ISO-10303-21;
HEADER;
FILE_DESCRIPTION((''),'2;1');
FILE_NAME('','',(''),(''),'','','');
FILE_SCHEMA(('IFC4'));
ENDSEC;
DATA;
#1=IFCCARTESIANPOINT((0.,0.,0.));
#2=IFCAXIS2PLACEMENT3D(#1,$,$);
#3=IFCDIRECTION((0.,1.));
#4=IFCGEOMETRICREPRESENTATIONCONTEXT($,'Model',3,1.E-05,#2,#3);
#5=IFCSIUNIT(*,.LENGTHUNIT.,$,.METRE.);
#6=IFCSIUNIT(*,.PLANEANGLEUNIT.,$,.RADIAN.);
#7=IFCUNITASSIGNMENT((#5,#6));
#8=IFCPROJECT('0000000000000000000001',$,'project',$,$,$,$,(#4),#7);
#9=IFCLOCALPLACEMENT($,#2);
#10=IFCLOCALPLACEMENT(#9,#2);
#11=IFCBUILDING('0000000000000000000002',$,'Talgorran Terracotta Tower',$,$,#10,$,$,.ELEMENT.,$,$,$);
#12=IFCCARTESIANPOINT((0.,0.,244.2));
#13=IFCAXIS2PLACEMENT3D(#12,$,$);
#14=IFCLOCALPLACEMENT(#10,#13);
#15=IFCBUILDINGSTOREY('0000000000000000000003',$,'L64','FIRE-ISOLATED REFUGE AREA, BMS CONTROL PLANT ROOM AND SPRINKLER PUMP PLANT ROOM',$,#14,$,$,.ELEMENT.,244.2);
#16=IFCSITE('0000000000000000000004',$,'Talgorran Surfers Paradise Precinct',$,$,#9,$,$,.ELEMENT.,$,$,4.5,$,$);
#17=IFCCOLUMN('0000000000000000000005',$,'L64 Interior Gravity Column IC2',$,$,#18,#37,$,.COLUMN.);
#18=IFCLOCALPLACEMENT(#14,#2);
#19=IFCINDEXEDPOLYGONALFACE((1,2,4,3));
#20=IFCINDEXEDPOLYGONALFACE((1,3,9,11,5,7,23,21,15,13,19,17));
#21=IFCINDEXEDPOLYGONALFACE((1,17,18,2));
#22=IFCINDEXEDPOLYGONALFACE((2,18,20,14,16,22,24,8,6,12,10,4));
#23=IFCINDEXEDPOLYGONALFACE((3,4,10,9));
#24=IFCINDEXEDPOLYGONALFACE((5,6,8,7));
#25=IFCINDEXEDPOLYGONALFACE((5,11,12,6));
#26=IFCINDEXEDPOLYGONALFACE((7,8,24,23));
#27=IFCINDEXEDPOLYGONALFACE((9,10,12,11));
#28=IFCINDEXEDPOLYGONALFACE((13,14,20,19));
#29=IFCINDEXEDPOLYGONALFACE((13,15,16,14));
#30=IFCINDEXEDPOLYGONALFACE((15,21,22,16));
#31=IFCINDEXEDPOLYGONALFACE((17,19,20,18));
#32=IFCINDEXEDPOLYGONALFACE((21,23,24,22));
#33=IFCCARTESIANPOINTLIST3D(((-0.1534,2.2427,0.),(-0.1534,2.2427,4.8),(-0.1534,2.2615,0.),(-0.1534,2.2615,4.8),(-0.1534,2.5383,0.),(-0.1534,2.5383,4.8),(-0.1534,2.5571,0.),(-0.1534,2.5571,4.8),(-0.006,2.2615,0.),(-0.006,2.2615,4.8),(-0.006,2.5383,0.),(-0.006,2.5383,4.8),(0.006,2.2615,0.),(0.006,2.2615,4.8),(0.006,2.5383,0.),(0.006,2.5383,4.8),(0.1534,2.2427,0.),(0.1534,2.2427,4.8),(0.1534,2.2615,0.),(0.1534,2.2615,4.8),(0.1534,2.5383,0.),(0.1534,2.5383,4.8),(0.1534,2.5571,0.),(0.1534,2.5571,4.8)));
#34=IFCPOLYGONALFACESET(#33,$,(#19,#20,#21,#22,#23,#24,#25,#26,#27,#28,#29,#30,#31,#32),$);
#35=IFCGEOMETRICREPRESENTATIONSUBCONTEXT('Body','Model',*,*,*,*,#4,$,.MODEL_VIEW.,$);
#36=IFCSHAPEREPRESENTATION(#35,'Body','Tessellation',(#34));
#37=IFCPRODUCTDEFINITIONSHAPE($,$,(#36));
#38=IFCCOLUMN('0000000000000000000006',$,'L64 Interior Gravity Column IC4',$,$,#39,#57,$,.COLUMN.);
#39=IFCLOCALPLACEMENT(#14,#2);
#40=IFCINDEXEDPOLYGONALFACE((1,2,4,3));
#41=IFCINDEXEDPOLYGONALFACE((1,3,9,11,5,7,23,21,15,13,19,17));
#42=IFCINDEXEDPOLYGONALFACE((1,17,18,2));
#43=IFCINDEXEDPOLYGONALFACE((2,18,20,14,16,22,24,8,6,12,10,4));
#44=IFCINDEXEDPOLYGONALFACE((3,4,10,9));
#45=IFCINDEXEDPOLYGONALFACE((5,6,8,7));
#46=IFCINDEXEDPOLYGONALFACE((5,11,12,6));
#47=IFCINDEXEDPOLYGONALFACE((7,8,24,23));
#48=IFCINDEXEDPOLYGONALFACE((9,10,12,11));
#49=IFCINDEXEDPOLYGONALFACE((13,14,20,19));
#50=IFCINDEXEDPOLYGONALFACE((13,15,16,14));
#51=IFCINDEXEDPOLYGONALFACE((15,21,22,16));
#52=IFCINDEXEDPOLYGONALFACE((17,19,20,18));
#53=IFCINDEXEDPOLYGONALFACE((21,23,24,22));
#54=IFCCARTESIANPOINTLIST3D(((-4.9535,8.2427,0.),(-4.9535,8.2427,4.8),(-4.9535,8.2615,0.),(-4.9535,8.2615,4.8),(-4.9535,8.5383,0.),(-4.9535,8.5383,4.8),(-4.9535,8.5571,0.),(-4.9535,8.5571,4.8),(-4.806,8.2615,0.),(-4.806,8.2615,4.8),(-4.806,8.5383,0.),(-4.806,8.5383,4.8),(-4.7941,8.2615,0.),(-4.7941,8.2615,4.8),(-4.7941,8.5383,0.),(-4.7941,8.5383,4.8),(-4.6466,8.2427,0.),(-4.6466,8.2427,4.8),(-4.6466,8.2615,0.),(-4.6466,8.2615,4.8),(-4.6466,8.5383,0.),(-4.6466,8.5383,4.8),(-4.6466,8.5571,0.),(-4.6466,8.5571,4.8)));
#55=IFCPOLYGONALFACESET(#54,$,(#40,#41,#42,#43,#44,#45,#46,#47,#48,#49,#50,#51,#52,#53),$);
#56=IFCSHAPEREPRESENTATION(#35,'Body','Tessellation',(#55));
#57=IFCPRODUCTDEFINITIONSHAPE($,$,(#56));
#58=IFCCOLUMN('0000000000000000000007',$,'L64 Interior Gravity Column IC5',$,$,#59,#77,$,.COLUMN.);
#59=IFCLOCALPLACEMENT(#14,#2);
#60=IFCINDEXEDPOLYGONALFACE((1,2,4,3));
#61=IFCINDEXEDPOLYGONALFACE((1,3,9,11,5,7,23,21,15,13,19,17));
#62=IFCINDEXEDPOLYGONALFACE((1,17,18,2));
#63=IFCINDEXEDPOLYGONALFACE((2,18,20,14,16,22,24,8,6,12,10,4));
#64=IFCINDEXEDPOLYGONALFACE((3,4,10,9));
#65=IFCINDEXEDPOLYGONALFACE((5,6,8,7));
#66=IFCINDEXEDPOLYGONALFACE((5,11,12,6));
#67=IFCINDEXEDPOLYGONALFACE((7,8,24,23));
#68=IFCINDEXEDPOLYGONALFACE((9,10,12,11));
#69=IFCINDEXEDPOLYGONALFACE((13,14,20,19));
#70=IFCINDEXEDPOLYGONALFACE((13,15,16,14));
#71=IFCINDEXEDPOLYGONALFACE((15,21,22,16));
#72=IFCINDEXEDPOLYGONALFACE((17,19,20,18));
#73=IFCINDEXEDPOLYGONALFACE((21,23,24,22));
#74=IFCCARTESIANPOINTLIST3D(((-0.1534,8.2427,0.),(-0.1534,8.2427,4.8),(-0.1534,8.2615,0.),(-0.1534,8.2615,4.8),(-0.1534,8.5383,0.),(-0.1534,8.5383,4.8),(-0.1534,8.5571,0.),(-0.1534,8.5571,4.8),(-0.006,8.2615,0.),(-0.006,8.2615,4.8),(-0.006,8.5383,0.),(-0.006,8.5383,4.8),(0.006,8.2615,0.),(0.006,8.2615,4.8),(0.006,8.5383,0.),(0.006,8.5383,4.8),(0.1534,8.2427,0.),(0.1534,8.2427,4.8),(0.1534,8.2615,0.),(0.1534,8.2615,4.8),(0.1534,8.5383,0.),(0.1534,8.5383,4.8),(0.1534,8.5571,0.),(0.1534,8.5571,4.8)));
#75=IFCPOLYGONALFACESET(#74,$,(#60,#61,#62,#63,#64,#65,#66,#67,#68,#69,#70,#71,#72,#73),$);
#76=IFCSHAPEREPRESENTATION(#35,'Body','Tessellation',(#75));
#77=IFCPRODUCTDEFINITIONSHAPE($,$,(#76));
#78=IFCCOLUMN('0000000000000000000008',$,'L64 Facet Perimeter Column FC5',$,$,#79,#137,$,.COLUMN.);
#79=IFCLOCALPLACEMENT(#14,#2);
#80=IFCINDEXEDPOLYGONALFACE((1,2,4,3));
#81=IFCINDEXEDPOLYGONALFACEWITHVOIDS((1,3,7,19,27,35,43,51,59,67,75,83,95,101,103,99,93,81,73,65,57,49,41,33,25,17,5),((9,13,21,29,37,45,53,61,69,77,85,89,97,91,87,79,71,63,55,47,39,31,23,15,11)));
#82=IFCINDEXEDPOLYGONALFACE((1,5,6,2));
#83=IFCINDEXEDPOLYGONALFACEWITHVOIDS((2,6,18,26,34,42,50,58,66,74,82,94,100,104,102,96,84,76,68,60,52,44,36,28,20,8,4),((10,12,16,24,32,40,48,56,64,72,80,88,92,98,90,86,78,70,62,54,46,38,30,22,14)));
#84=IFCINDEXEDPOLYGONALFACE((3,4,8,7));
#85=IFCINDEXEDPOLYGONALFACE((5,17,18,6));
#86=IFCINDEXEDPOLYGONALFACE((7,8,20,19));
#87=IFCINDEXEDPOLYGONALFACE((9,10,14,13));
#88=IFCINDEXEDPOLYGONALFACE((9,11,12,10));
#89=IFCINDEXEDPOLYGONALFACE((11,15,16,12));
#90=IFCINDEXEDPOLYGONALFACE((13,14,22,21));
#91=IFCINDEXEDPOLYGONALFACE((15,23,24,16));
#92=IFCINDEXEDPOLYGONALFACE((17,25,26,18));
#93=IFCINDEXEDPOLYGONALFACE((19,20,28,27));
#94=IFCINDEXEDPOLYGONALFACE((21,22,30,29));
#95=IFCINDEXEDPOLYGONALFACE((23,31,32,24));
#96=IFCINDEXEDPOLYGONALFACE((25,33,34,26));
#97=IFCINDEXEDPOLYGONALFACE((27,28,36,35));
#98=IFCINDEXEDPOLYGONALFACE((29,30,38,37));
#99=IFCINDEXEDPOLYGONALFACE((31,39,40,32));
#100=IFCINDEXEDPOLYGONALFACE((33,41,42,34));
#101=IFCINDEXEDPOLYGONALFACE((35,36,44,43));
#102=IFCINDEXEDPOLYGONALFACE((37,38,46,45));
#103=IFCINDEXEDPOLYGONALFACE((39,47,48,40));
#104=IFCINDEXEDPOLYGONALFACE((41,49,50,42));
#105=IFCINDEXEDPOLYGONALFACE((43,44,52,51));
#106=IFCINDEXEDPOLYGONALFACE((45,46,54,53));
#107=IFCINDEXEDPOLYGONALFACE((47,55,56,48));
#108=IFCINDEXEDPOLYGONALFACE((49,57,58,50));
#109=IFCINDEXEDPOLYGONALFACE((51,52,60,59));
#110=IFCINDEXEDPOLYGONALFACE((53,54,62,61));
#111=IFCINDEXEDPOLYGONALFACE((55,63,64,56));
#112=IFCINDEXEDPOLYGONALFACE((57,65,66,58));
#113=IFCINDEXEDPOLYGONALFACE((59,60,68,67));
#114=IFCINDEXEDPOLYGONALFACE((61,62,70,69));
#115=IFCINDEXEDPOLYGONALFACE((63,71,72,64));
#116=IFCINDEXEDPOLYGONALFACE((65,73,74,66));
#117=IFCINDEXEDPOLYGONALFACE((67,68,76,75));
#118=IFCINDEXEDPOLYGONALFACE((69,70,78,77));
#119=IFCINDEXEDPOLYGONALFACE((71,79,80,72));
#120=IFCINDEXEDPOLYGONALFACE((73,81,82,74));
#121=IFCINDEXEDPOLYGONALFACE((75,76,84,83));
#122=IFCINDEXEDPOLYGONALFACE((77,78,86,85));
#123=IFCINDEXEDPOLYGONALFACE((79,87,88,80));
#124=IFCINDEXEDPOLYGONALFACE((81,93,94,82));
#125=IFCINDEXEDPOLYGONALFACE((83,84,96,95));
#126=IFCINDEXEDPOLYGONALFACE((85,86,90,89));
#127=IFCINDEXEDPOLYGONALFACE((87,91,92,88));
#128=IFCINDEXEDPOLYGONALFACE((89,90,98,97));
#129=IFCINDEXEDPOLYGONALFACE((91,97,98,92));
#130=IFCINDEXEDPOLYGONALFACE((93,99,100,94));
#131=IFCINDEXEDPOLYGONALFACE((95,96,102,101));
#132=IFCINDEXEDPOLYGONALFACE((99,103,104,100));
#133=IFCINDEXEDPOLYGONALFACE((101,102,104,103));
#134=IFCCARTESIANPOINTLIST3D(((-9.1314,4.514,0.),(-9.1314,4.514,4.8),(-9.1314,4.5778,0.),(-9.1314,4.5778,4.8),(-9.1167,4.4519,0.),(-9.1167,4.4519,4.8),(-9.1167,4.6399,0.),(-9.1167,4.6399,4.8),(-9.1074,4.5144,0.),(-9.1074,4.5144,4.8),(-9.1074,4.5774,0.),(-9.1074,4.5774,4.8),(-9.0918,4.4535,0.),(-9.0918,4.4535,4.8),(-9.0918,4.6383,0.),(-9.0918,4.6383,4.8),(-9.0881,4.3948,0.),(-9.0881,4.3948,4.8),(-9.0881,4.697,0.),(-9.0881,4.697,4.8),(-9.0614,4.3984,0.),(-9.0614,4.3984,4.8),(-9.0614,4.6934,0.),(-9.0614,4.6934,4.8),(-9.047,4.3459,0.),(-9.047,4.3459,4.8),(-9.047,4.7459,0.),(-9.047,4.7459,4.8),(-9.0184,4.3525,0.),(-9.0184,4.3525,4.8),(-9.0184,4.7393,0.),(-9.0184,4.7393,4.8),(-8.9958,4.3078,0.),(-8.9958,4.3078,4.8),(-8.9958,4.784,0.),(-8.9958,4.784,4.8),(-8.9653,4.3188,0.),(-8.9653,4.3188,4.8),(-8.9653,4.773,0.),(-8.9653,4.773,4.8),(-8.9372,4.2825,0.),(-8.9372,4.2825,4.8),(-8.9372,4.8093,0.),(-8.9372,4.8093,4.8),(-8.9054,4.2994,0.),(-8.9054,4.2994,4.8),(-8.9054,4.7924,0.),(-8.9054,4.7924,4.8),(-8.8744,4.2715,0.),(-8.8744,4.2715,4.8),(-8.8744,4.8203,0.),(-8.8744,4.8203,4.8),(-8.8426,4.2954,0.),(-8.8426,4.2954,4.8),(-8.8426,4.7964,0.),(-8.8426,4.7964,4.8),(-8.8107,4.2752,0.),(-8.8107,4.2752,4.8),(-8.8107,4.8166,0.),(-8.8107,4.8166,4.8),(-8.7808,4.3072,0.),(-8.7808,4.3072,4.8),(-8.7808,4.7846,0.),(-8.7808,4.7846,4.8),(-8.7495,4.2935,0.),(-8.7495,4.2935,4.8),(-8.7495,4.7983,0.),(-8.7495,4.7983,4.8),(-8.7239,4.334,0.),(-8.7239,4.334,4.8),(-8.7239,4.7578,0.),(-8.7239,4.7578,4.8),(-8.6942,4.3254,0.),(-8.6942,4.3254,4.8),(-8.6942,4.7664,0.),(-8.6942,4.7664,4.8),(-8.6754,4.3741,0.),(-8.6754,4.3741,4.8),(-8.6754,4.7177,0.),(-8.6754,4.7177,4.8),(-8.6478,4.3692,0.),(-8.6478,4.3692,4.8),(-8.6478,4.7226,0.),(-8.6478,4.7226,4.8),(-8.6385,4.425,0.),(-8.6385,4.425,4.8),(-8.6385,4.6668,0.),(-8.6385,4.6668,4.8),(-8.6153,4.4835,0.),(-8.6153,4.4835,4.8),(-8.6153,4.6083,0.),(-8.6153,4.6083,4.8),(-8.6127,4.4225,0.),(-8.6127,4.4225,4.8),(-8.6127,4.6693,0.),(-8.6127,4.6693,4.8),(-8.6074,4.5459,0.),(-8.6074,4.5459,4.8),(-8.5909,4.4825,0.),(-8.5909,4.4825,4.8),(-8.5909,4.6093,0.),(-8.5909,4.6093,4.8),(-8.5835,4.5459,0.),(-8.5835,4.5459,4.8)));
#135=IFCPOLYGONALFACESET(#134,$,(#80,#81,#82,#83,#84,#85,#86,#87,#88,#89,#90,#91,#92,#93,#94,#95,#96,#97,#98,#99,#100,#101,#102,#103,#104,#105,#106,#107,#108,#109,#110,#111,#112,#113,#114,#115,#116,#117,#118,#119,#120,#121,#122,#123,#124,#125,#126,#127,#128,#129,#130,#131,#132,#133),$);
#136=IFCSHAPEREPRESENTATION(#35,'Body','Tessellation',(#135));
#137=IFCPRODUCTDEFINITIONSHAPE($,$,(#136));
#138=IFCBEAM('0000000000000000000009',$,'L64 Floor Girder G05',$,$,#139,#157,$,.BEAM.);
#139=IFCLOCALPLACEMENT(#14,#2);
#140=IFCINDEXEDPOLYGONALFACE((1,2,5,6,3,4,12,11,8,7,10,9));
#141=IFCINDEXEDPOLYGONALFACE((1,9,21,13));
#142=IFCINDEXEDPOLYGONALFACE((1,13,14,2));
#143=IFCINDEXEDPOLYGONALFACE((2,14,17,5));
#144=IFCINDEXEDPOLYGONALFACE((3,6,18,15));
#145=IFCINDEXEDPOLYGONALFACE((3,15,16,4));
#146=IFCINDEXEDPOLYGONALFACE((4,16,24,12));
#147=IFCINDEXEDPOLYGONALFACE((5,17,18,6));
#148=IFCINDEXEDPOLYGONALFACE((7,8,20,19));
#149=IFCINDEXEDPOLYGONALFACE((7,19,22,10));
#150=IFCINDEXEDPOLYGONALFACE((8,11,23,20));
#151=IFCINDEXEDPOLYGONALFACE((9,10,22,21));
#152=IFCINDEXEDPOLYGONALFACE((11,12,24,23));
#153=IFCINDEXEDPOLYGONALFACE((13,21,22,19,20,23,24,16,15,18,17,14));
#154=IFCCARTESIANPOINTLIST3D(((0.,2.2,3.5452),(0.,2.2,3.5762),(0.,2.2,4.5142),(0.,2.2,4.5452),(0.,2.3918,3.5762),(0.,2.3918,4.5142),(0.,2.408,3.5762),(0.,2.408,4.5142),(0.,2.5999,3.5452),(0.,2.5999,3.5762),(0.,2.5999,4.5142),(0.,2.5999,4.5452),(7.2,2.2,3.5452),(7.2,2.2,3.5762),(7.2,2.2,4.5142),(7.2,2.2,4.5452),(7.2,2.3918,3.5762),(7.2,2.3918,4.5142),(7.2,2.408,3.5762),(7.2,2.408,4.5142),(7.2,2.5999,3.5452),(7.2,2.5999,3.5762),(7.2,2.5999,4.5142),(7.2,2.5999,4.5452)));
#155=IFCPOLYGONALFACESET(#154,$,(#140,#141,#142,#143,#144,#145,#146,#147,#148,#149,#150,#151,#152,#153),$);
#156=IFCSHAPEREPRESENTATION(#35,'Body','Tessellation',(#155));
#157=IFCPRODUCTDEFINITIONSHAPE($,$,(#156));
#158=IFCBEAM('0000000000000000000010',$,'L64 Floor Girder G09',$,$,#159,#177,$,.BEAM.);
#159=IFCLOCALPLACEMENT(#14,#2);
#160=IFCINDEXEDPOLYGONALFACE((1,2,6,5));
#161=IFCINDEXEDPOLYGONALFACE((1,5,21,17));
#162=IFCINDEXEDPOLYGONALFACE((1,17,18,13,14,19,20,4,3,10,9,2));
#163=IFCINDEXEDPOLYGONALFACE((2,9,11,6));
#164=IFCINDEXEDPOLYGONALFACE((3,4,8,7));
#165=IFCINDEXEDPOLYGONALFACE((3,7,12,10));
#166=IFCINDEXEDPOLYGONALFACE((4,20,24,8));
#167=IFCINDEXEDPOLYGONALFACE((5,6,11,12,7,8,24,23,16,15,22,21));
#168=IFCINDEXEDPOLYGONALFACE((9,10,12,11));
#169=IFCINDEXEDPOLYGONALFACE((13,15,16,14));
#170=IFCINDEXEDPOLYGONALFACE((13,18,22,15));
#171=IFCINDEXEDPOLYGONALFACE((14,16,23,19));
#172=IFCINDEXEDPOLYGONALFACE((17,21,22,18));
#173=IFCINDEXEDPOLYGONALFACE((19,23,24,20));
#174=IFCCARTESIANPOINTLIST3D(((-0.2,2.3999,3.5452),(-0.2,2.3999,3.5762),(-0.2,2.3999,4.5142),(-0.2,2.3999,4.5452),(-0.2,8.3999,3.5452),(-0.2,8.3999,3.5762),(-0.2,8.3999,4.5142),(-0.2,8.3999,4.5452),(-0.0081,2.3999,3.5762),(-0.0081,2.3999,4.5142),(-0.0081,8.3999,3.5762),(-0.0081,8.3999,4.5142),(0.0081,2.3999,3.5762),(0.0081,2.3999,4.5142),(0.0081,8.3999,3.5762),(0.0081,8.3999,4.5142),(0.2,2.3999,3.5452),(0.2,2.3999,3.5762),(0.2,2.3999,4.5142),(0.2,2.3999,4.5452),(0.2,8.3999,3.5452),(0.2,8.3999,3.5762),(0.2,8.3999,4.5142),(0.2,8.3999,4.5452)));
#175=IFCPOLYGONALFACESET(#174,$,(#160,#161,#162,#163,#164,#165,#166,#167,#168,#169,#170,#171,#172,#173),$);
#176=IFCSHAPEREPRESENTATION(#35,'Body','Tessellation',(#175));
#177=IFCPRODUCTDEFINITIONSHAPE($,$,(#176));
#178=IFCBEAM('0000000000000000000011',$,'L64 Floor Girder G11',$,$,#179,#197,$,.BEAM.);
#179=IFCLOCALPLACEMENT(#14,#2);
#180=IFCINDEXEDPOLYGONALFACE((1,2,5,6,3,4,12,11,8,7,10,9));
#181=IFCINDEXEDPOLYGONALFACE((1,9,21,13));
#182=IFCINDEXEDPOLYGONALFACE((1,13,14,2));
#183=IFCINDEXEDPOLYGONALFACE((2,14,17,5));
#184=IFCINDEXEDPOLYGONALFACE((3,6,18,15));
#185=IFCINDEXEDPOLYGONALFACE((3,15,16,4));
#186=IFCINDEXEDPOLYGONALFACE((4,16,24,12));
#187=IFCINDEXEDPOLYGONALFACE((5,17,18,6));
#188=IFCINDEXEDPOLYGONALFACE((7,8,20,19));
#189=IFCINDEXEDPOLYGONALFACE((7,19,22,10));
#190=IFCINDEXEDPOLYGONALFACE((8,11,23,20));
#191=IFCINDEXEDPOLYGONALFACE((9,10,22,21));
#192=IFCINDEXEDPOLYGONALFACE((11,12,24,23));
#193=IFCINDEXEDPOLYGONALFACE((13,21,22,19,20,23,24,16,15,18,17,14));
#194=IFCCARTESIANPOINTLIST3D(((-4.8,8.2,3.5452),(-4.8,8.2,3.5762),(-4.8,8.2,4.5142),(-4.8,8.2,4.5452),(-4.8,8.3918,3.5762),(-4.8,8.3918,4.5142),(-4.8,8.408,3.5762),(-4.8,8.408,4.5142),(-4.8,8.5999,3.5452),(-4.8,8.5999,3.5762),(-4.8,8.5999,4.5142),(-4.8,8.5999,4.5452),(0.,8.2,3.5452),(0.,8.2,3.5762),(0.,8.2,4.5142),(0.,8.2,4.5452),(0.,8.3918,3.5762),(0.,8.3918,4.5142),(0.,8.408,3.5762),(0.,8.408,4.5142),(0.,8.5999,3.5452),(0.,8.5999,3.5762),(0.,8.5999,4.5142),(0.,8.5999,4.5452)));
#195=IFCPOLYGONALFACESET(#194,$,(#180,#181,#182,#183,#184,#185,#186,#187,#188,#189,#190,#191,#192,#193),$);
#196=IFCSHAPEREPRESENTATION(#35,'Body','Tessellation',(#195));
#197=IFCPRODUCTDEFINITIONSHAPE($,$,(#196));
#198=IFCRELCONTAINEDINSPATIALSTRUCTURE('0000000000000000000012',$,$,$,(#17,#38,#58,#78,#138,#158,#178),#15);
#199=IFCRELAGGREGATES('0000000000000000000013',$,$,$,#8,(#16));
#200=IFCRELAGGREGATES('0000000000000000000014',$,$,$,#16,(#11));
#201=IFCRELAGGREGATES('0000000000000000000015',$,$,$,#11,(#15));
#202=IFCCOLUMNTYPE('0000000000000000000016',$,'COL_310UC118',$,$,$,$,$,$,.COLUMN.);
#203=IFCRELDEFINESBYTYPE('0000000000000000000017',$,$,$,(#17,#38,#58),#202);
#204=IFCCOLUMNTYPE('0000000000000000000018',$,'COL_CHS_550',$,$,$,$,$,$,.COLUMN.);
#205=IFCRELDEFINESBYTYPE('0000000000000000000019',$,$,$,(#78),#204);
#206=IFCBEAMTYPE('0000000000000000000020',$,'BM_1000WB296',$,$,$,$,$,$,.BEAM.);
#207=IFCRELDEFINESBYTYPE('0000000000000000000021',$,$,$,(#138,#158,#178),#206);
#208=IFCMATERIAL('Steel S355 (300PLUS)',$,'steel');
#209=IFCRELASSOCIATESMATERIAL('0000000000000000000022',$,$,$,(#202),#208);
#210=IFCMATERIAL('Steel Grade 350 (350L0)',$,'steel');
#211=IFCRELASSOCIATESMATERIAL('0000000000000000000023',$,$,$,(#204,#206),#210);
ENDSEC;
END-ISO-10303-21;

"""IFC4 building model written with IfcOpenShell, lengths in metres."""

from ifc_helpers import new_model, si_unit, direction, frame, origin, origin_2d, place, context, subcontext, project, spatial, hollow_circle, i_section, extrude, material, material_profile, profile_set, type_object, element, save


model = new_model("IFC4")

# Units and contexts
model_context = context("Model", 3, precision=1e-05, world=origin(), true_north=direction((0.0, 1.0)))
body_context = subcontext(model_context, "Body", "Model", "MODEL_VIEW")
ifc_project = project(units=[si_unit("LENGTHUNIT", "METRE"), si_unit("PLANEANGLEUNIT", "RADIAN")], contexts=[model_context])

# Site, building, storey
site_placement = place(None, origin())
site = spatial("IfcSite", under=ifc_project, at=site_placement, Name="Talgorran Surfers Paradise Precinct", CompositionType="ELEMENT", RefElevation=4.5)
building_placement = place(site_placement, origin())
building = spatial("IfcBuilding", under=site, at=building_placement, Name="Talgorran Terracotta Tower", CompositionType="ELEMENT")
storey_placement = place(building_placement, frame((0.0, 0.0, 244.2)))
storey = spatial("IfcBuildingStorey", under=building, at=storey_placement, Name="L64", Description="FIRE-ISOLATED REFUGE AREA, BMS CONTROL PLANT ROOM AND SPRINKLER PUMP PLANT ROOM", CompositionType="ELEMENT", Elevation=244.2)

# Columns
ifc_material_1 = material(Name="Steel S355 (300PLUS)", Category="steel")
ifc_material_profile_1 = material_profile(ifc_material_1, i_section(OverallWidth=0.3069, OverallDepth=0.3145, WebThickness=0.012, FlangeThickness=0.0188, at=origin_2d()), Name="310UC118")
ifc_profile_set_1 = profile_set([ifc_material_profile_1], Name="Steel S355 (300PLUS)")
column_type_1 = type_object("IfcColumnType", Name="COL_310UC118", PredefinedType="COLUMN", material=ifc_profile_set_1)
for number, where, z_axis, x_axis, name in (
    (1, (0.0, 2.3999, 0.0), (0.0, 0.0, 1.0), (1.0, 0.0, 0.0), "L64 Interior Gravity Column IC2"),
    (2, (-4.8, 8.3999, 0.0), (0.0, 0.0, 1.0), (1.0, 0.0, 0.0), "L64 Interior Gravity Column IC4"),
    (3, (0.0, 8.3999, 0.0), (0.0, 0.0, 1.0), (1.0, 0.0, 0.0), "L64 Interior Gravity Column IC5"),
):
    element("IfcColumn", number, at=place(storey_placement, frame(where, z_axis=z_axis, x_axis=x_axis)), inside=storey, type_object=column_type_1, Name=name, PredefinedType="COLUMN", context=body_context, shape_type="SweptSolid", body=[
        extrude(i_section(OverallWidth=0.3069, OverallDepth=0.3145, WebThickness=0.012, FlangeThickness=0.0188, at=origin_2d()), origin(), (0.0, 0.0, 1.0), 4.8),
    ])
ifc_material_2 = material(Name="Steel Grade 350 (350L0)", Category="steel")
ifc_material_profile_2 = material_profile(ifc_material_2, hollow_circle(Radius=0.2749, WallThickness=0.0239, at=origin_2d()), Name="CHS550X24")
ifc_profile_set_2 = profile_set([ifc_material_profile_2], Name="Steel Grade 350 (350L0)")
column_type_2 = type_object("IfcColumnType", Name="COL_CHS_550", PredefinedType="COLUMN", material=ifc_profile_set_2)
column_placement = place(storey_placement, frame((-8.8584, 4.5459, 0.0), z_axis=(0.0, 0.0, 1.0), x_axis=(1.0, 0.0, 0.0)))
element("IfcColumn", 4, at=column_placement, inside=storey, type_object=column_type_2, Name="L64 Facet Perimeter Column FC5", PredefinedType="COLUMN", context=body_context, shape_type="SweptSolid", body=[
    extrude(hollow_circle(Radius=0.2749, WallThickness=0.0239, at=origin_2d()), origin(), (0.0, 0.0, 1.0), 4.8),
])

# Beams
ifc_material_profile_3 = material_profile(ifc_material_2, i_section(OverallWidth=0.3999, OverallDepth=1.0, WebThickness=0.0161, FlangeThickness=0.031, at=origin_2d()), Name="1000WB296")
ifc_profile_set_3 = profile_set([ifc_material_profile_3], Name="Steel Grade 350 (350L0)")
beam_type_1 = type_object("IfcBeamType", Name="BM_1000WB296", PredefinedType="BEAM", material=ifc_profile_set_3)
beam_1_placement = place(storey_placement, frame((0.0, 2.3999, 4.0452), z_axis=(1.0, 0.0, 0.0), x_axis=(0.0, 1.0, 0.0)))
element("IfcBeam", 5, at=beam_1_placement, inside=storey, type_object=beam_type_1, Name="L64 Floor Girder G05", PredefinedType="BEAM", context=body_context, shape_type="SweptSolid", body=[
    extrude(i_section(OverallWidth=0.3999, OverallDepth=1.0, WebThickness=0.0161, FlangeThickness=0.031, at=origin_2d()), origin(), (0.0, 0.0, 1.0), 7.2),
])
beam_2_placement = place(storey_placement, frame((0.0, 2.3999, 4.0452), z_axis=(0.0, 1.0, 0.0), x_axis=(-1.0, 0.0, 0.0)))
element("IfcBeam", 6, at=beam_2_placement, inside=storey, type_object=beam_type_1, Name="L64 Floor Girder G09", PredefinedType="BEAM", context=body_context, shape_type="SweptSolid", body=[
    extrude(i_section(OverallWidth=0.3999, OverallDepth=1.0, WebThickness=0.0161, FlangeThickness=0.031, at=origin_2d()), origin(), (0.0, 0.0, 1.0), 6.0),
])
for number, where, z_axis, x_axis, name in (
    (7, (-4.8, 8.3999, 4.0452), (1.0, 0.0, 0.0), (0.0, 1.0, 0.0), "L64 Floor Girder G11"),
):
    element("IfcBeam", number, at=place(storey_placement, frame(where, z_axis=z_axis, x_axis=x_axis)), inside=storey, type_object=beam_type_1, Name=name, PredefinedType="BEAM", context=body_context, shape_type="SweptSolid", body=[
        extrude(i_section(OverallWidth=0.3999, OverallDepth=1.0, WebThickness=0.0161, FlangeThickness=0.031, at=origin_2d()), origin(), (0.0, 0.0, 1.0), 4.8),
    ])

save(model, "model.ifc")
